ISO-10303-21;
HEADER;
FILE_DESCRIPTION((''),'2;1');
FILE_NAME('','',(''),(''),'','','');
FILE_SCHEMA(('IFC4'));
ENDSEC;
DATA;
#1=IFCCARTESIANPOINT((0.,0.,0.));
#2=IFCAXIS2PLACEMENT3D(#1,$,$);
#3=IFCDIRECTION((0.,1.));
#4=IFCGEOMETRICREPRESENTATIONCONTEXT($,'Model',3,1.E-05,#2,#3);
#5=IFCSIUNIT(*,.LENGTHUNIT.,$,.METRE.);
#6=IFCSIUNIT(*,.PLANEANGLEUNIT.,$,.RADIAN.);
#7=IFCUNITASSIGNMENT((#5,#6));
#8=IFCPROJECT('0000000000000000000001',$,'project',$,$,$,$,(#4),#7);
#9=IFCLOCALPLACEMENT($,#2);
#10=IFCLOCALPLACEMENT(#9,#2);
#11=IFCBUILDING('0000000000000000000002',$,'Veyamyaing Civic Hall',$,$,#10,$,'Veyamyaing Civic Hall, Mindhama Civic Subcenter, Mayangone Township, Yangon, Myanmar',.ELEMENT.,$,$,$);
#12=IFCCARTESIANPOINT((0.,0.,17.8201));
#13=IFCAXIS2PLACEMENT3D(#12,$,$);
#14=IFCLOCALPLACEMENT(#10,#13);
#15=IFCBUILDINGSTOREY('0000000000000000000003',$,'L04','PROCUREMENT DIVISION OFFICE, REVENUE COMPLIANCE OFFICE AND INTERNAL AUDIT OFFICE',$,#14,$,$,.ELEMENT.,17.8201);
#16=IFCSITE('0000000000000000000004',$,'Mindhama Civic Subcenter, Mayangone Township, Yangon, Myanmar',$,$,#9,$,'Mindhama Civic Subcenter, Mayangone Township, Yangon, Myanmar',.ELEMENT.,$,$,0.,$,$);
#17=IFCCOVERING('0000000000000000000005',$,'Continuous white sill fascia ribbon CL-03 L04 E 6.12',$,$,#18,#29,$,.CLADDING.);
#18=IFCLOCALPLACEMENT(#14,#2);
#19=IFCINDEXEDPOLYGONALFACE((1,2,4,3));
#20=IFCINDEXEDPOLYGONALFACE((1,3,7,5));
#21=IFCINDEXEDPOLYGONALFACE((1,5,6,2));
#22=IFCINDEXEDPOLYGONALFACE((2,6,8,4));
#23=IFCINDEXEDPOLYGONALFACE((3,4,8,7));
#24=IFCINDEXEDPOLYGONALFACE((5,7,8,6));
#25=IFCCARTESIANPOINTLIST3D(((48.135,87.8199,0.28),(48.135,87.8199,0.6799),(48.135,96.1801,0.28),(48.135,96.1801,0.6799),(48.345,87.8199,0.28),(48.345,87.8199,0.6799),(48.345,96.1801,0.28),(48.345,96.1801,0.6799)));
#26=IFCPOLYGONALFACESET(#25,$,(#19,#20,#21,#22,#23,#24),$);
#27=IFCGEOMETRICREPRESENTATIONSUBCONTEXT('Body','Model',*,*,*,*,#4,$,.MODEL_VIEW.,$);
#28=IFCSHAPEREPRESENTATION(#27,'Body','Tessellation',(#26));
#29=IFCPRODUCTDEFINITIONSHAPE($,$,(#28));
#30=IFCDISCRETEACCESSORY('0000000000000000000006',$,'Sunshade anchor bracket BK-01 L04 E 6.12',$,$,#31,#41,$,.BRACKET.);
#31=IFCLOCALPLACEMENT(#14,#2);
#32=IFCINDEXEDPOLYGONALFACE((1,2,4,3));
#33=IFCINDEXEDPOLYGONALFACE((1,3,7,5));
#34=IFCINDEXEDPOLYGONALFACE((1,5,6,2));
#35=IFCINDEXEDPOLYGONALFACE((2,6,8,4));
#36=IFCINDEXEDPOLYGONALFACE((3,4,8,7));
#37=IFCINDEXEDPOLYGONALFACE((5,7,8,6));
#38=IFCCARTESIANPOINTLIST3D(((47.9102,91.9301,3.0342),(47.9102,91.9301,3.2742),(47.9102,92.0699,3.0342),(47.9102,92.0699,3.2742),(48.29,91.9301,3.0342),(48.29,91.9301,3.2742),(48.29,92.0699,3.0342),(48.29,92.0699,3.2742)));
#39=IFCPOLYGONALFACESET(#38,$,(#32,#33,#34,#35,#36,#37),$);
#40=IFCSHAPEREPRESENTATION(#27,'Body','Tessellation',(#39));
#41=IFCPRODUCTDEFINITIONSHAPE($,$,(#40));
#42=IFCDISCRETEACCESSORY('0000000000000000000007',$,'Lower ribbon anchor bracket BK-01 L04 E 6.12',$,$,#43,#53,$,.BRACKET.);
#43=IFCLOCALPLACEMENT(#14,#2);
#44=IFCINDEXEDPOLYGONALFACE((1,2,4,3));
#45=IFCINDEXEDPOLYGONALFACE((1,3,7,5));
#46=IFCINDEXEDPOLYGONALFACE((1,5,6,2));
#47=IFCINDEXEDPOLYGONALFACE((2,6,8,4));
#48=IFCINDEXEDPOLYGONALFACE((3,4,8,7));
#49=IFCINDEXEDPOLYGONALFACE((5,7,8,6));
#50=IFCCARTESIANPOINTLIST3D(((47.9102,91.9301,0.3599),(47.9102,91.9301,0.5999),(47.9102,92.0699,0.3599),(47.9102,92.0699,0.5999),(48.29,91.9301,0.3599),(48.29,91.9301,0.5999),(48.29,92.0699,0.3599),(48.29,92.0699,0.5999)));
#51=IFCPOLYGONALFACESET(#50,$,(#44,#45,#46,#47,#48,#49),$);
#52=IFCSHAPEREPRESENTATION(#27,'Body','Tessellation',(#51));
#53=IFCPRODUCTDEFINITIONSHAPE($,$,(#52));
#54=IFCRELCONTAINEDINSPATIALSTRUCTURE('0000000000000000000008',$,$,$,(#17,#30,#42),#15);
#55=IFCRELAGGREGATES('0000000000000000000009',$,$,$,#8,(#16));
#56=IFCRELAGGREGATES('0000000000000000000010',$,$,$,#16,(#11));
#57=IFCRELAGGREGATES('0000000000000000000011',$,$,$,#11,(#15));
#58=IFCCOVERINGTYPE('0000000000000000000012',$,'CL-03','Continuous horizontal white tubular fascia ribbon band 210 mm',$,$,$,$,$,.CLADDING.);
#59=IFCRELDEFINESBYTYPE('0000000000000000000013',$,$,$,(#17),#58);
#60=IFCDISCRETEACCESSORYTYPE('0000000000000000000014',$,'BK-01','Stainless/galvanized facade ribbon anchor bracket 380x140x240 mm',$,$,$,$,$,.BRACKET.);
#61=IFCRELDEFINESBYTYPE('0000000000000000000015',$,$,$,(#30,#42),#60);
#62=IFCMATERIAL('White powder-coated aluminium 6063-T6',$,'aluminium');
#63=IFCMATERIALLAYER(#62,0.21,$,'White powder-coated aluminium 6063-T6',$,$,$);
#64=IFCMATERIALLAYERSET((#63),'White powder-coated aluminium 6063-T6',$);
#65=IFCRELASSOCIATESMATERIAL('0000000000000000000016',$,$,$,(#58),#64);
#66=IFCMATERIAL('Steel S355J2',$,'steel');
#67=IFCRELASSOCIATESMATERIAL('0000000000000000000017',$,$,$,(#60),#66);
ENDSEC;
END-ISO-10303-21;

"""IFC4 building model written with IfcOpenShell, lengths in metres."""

from ifc_helpers import new_model, si_unit, direction, frame, origin, origin_2d, place, context, subcontext, project, spatial, rectangle, extrude, material, layer, layer_set, type_object, element, save


model = new_model("IFC4")

# Units and contexts
model_context = context("Model", 3, precision=1e-05, world=origin(), true_north=direction((0.0, 1.0)))
body_context = subcontext(model_context, "Body", "Model", "MODEL_VIEW")
ifc_project = project(units=[si_unit("LENGTHUNIT", "METRE"), si_unit("PLANEANGLEUNIT", "RADIAN")], contexts=[model_context])

# Site, building, storey
site_placement = place(None, origin())
site = spatial("IfcSite", under=ifc_project, at=site_placement, Name="Mindhama Civic Subcenter, Mayangone Township, Yangon, Myanmar", LongName="Mindhama Civic Subcenter, Mayangone Township, Yangon, Myanmar", CompositionType="ELEMENT", RefElevation=0.0)
building_placement = place(site_placement, origin())
building = spatial("IfcBuilding", under=site, at=building_placement, Name="Veyamyaing Civic Hall", LongName="Veyamyaing Civic Hall, Mindhama Civic Subcenter, Mayangone Township, Yangon, Myanmar", CompositionType="ELEMENT")
storey_placement = place(building_placement, frame((0.0, 0.0, 17.8201)))
storey = spatial("IfcBuildingStorey", under=building, at=storey_placement, Name="L04", Description="PROCUREMENT DIVISION OFFICE, REVENUE COMPLIANCE OFFICE AND INTERNAL AUDIT OFFICE", CompositionType="ELEMENT", Elevation=17.8201)

# Covering
ifc_material_1 = material(Name="White powder-coated aluminium 6063-T6", Category="aluminium")
ifc_layer_1 = layer(ifc_material_1, 0.21, Name="White powder-coated aluminium 6063-T6")
ifc_layer_set_1 = layer_set([ifc_layer_1], Name="White powder-coated aluminium 6063-T6")
covering_type = type_object("IfcCoveringType", Name="CL-03", Description="Continuous horizontal white tubular fascia ribbon band 210 mm", PredefinedType="CLADDING", material=ifc_layer_set_1)
for number, where, z_axis, x_axis, name in (
    (1, (48.24, 92.0, 0.28), (0.0, 0.0, 1.0), (0.0, 1.0, 0.0), "Continuous white sill fascia ribbon CL-03 L04 E 6.12"),
):
    element("IfcCovering", number, at=place(storey_placement, frame(where, z_axis=z_axis, x_axis=x_axis)), inside=storey, type_object=covering_type, Name=name, PredefinedType="CLADDING", context=body_context, shape_type="SweptSolid", body=[
        extrude(rectangle(XDim=8.3601, YDim=0.21, at=origin_2d()), origin(), (0.0, 0.0, 1.0), 0.3999),
    ])

# Discrete accessories
ifc_material_2 = material(Name="Steel S355J2", Category="steel")
discrete_accessory_type = type_object("IfcDiscreteAccessoryType", Name="BK-01", Description="Stainless/galvanized facade ribbon anchor bracket 380x140x240 mm", PredefinedType="BRACKET", material=ifc_material_2)
for number, where, z_axis, x_axis, name in (
    (2, (48.1001, 92.0, 3.0342), (0.0, 0.0, 1.0), (1.0, 0.0, 0.0), "Sunshade anchor bracket BK-01 L04 E 6.12"),
    (3, (48.1001, 92.0, 0.3599), (0.0, 0.0, 1.0), (1.0, 0.0, 0.0), "Lower ribbon anchor bracket BK-01 L04 E 6.12"),
):
    element("IfcDiscreteAccessory", number, at=place(storey_placement, frame(where, z_axis=z_axis, x_axis=x_axis)), inside=storey, type_object=discrete_accessory_type, Name=name, PredefinedType="BRACKET", context=body_context, shape_type="SweptSolid", body=[
        extrude(rectangle(XDim=0.3799, YDim=0.1399, at=origin_2d()), origin(), (0.0, 0.0, 1.0), 0.24),
    ])

save(model, "model.ifc")
